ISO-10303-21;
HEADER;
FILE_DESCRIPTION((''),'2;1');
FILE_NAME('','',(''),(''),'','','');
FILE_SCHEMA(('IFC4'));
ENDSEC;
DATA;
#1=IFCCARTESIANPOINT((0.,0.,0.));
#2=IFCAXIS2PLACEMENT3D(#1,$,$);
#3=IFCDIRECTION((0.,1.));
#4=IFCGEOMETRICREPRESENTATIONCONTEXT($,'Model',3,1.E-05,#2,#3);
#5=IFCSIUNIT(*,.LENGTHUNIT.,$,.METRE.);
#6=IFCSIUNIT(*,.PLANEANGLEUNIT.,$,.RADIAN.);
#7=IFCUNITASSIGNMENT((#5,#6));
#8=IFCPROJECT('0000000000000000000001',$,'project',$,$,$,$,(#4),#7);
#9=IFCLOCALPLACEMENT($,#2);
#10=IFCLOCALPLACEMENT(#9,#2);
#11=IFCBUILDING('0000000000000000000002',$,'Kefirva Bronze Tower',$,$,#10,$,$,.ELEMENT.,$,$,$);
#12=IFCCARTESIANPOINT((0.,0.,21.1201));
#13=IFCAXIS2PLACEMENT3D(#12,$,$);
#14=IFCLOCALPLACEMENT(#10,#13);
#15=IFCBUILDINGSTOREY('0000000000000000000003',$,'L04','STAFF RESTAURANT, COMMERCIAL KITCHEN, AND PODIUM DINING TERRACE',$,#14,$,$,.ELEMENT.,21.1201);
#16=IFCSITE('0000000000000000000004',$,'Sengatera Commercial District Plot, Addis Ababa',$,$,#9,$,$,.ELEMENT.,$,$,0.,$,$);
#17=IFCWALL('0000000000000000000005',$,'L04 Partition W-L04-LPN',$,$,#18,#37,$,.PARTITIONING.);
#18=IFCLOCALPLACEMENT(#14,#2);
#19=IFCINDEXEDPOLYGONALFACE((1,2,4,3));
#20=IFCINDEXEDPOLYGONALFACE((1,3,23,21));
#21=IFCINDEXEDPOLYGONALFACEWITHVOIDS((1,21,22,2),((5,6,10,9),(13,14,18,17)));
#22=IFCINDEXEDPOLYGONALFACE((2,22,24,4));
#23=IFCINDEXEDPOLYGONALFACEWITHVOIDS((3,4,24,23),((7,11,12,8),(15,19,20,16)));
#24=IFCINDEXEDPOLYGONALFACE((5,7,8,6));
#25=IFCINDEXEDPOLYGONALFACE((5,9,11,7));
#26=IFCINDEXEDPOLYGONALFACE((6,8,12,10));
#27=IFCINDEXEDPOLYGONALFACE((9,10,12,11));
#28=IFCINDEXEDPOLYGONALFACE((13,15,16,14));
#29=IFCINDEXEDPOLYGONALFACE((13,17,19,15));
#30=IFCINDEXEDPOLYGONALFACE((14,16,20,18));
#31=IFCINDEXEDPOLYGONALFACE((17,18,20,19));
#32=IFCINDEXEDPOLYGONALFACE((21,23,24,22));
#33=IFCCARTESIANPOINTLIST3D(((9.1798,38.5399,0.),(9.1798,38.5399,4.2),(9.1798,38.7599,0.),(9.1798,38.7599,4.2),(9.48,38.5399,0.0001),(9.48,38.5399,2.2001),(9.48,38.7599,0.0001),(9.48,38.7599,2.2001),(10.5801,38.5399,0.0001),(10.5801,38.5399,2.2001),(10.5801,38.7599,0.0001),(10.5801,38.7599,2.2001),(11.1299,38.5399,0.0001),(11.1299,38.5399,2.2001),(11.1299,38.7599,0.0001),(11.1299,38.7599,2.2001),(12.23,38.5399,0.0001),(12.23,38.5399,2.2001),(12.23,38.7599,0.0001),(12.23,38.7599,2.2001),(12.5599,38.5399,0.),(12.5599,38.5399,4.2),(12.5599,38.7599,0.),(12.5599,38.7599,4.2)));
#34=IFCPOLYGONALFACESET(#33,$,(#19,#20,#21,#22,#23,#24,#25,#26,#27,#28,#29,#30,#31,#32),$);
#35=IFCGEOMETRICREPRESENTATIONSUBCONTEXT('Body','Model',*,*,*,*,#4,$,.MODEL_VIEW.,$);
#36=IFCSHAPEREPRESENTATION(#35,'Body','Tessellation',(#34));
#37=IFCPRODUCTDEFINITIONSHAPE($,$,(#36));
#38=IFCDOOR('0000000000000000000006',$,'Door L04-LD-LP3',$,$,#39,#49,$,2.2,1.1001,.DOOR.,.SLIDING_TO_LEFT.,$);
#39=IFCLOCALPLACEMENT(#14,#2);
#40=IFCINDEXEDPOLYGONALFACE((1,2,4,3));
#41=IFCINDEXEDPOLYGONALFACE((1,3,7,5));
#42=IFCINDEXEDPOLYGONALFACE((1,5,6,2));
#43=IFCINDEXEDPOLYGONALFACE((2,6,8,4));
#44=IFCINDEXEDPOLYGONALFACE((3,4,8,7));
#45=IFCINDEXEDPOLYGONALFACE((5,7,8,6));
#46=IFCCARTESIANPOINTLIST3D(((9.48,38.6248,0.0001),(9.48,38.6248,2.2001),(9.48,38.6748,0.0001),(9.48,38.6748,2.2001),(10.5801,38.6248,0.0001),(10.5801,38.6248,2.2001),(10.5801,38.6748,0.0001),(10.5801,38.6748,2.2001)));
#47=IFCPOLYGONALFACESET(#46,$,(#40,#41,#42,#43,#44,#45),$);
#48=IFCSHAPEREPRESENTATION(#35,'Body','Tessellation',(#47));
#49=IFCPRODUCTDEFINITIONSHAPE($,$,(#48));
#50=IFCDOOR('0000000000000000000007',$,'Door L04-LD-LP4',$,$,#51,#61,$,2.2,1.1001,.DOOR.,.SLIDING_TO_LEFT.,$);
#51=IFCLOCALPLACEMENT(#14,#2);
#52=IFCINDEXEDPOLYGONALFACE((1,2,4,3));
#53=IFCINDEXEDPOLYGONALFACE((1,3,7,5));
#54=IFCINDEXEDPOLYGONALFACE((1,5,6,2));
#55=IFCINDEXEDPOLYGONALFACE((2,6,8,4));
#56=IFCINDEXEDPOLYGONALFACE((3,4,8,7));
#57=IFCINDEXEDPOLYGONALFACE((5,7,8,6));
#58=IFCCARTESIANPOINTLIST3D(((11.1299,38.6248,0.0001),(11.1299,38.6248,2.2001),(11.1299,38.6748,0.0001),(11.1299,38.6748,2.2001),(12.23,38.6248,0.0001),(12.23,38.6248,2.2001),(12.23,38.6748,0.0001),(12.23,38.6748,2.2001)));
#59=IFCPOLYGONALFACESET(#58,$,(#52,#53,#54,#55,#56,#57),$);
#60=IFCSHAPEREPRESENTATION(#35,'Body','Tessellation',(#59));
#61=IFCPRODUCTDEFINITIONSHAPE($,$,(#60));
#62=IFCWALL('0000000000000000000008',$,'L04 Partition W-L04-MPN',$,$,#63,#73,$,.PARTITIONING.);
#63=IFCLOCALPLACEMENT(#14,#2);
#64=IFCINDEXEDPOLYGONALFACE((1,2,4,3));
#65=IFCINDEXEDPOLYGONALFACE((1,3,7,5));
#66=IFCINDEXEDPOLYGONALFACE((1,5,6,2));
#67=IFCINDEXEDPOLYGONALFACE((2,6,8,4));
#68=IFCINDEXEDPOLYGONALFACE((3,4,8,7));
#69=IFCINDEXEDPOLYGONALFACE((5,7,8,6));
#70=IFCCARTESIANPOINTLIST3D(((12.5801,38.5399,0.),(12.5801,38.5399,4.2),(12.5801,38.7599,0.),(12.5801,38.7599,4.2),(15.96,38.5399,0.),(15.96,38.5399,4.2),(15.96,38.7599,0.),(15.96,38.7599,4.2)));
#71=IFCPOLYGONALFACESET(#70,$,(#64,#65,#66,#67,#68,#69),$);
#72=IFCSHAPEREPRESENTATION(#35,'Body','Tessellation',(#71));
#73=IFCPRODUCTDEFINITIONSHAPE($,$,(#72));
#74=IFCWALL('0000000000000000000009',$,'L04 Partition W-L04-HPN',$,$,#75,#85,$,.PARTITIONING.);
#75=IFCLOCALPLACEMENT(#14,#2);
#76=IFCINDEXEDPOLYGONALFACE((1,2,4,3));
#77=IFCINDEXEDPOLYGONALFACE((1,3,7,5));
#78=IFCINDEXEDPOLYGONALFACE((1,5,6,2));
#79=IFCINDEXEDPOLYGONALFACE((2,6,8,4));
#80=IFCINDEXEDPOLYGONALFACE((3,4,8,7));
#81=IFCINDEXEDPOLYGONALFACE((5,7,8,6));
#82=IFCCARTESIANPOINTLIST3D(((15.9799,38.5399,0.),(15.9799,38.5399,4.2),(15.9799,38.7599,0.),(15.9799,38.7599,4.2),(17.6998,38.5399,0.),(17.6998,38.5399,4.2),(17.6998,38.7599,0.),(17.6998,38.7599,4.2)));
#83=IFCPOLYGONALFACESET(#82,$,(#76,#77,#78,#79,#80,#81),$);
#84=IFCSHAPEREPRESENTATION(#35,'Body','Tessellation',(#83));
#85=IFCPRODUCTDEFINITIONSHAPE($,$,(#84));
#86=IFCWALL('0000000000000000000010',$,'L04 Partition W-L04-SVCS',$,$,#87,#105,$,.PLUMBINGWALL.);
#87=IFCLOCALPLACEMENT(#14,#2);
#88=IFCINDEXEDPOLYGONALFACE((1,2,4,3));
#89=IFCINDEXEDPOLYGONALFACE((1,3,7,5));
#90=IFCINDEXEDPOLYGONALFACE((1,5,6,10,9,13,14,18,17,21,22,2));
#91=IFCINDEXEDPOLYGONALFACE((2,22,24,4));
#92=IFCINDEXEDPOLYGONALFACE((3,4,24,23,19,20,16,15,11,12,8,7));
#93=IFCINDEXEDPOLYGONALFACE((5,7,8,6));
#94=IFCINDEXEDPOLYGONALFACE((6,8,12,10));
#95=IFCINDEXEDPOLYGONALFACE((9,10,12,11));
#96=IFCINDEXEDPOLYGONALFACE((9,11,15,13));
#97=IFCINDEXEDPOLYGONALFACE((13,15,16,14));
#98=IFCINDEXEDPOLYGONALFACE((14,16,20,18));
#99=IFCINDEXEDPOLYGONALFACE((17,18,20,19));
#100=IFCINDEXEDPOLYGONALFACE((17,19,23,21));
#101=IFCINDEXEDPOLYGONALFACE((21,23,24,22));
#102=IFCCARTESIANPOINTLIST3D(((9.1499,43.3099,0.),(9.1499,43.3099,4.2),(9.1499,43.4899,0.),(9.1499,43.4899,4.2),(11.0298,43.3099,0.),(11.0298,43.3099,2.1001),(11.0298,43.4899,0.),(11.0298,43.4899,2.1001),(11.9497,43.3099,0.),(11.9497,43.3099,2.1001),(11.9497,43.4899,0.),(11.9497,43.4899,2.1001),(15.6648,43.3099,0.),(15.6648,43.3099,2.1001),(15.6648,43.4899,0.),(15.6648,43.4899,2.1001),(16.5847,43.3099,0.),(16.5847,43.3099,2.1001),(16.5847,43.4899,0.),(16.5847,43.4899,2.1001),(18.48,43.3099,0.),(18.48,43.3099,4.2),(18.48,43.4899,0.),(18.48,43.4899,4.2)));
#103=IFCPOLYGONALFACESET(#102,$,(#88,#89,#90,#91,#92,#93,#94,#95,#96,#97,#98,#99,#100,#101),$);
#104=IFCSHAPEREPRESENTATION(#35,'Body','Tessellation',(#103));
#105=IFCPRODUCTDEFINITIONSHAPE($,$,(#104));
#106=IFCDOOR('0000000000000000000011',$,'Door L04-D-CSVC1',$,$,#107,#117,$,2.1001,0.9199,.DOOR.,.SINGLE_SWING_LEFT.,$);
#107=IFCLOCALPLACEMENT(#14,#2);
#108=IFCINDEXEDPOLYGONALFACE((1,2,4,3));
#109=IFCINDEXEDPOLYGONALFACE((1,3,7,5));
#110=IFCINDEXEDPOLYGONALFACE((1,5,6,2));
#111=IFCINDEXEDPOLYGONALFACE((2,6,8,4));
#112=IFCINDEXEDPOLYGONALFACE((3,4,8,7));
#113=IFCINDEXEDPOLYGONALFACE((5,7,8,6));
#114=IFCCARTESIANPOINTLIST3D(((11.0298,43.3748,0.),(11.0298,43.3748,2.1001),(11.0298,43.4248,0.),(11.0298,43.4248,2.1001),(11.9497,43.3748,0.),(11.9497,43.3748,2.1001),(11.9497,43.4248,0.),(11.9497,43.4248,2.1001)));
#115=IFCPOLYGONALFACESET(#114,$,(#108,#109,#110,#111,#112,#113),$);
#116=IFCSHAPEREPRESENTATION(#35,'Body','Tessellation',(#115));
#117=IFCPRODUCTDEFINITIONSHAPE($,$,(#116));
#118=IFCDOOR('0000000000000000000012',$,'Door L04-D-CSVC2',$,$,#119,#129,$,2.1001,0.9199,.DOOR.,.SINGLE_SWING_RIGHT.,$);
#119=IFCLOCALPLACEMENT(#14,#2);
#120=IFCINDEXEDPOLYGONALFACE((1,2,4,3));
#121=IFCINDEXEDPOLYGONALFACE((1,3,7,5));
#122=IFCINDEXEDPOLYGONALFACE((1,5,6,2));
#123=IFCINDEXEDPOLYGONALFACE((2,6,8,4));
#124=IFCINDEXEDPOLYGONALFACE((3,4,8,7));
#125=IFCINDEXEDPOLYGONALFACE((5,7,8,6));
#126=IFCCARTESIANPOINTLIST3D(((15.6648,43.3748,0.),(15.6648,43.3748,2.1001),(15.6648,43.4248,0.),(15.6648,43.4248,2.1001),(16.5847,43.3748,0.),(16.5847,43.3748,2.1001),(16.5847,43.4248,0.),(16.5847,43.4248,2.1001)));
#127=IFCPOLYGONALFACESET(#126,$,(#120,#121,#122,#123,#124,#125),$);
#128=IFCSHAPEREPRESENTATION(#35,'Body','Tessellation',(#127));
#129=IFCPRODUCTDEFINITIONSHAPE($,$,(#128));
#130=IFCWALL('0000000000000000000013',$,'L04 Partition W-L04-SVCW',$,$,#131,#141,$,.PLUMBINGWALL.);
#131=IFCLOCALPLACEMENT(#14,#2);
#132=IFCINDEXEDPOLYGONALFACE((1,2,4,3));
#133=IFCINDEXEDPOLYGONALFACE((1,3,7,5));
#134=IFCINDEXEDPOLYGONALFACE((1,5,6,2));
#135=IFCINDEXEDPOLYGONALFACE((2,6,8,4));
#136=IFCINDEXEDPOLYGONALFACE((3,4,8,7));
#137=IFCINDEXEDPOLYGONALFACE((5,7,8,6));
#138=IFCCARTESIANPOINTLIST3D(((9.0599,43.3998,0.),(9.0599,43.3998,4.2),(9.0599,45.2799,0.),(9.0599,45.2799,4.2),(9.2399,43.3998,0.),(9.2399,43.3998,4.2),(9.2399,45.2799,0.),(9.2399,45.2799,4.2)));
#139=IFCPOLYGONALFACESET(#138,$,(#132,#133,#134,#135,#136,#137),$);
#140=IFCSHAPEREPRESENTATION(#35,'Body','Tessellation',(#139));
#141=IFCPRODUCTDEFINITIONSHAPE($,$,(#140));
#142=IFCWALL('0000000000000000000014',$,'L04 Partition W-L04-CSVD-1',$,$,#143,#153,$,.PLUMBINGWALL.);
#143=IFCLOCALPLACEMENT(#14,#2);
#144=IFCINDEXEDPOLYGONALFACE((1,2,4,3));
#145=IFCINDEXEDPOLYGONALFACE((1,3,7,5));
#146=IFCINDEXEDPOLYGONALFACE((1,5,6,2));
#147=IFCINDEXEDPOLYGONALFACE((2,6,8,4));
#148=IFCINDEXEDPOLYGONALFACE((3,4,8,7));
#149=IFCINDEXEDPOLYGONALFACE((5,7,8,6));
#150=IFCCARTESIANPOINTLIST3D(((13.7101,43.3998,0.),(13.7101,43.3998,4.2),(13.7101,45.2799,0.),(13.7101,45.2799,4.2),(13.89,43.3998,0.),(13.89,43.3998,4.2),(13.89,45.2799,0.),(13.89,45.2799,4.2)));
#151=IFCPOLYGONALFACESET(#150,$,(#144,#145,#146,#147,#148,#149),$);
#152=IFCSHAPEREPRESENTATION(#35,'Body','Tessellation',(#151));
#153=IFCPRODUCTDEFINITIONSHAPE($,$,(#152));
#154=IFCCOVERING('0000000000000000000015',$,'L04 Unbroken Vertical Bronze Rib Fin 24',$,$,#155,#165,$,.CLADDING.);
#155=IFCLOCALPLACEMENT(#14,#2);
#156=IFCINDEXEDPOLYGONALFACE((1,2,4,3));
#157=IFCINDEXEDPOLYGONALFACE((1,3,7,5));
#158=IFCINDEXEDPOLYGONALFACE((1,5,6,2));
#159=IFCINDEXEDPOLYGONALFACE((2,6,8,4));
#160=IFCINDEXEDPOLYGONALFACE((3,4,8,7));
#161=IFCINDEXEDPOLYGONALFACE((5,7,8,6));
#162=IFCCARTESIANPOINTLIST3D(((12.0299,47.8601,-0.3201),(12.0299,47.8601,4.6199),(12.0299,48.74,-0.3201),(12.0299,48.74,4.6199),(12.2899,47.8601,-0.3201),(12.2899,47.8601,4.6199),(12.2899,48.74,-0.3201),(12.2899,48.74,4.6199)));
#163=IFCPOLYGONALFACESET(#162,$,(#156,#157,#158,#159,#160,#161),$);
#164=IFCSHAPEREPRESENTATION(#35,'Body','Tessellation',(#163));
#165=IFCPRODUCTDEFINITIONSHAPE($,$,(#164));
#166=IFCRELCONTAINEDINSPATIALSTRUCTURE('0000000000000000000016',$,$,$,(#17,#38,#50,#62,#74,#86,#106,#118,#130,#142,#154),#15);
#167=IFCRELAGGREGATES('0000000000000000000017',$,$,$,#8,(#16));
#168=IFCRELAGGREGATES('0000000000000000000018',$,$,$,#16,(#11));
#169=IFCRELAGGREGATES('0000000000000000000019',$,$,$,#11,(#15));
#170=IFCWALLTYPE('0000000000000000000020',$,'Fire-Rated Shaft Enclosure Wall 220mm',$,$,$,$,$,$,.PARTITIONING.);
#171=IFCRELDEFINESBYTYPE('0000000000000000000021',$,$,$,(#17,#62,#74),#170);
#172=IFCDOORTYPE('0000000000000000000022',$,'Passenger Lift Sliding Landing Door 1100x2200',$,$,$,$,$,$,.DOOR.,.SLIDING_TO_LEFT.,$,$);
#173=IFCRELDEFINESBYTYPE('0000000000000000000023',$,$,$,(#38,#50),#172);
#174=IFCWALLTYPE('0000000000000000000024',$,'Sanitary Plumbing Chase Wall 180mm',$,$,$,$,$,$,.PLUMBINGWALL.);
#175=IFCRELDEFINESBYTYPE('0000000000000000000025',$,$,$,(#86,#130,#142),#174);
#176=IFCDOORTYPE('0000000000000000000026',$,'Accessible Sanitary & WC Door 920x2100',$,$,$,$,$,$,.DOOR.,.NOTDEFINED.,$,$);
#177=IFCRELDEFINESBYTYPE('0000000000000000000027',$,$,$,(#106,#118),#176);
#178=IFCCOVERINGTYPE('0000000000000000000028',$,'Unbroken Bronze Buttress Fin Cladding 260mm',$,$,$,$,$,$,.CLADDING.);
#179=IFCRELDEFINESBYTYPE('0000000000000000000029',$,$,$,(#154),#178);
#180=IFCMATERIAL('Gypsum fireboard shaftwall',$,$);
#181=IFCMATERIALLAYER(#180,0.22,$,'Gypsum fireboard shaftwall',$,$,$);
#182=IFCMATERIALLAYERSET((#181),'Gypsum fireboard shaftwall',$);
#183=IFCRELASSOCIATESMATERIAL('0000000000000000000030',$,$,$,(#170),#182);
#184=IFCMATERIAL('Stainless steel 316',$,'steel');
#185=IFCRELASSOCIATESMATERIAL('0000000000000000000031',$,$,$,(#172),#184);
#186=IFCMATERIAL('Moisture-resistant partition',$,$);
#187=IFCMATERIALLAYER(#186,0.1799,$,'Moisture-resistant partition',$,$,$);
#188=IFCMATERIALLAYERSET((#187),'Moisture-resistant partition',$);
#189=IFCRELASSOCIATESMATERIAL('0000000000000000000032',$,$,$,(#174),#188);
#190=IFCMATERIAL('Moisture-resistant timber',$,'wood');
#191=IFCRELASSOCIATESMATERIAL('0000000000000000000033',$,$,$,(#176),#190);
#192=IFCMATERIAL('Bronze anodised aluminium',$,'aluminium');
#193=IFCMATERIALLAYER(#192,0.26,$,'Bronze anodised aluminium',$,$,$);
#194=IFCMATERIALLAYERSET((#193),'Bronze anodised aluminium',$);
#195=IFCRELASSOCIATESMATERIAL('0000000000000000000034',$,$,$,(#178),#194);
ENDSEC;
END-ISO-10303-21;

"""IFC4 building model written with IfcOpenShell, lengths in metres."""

from ifc_helpers import new_model, si_unit, direction, frame, frame_2d, origin, origin_2d, place, context, subcontext, project, spatial, rectangle, extrude, material, layer, layer_set, type_object, element, fill, save


model = new_model("IFC4")

# Units and contexts
model_context = context("Model", 3, precision=1e-05, world=origin(), true_north=direction((0.0, 1.0)))
body_context = subcontext(model_context, "Body", "Model", "MODEL_VIEW")
ifc_project = project(units=[si_unit("LENGTHUNIT", "METRE"), si_unit("PLANEANGLEUNIT", "RADIAN")], contexts=[model_context])

# Site, building, storey
site_placement = place(None, origin())
site = spatial("IfcSite", under=ifc_project, at=site_placement, Name="Sengatera Commercial District Plot, Addis Ababa", CompositionType="ELEMENT", RefElevation=0.0)
building_placement = place(site_placement, origin())
building = spatial("IfcBuilding", under=site, at=building_placement, Name="Kefirva Bronze Tower", CompositionType="ELEMENT")
storey_placement = place(building_placement, frame((0.0, 0.0, 21.1201)))
storey = spatial("IfcBuildingStorey", under=building, at=storey_placement, Name="L04", Description="STAFF RESTAURANT, COMMERCIAL KITCHEN, AND PODIUM DINING TERRACE", CompositionType="ELEMENT", Elevation=21.1201)

# Shared definitions
ifc_material_1 = material(Name="Bronze anodised aluminium", Category="aluminium")

# Shared definitions
ifc_material_2 = material(Name="Gypsum fireboard shaftwall")
ifc_layer_1 = layer(ifc_material_2, 0.22, Name="Gypsum fireboard shaftwall")
ifc_layer_set_1 = layer_set([ifc_layer_1], Name="Gypsum fireboard shaftwall")
wall_type_1 = type_object("IfcWallType", Name="Fire-Rated Shaft Enclosure Wall 220mm", PredefinedType="PARTITIONING", material=ifc_layer_set_1)

# Wall, openings, doors
wall_1_placement = place(storey_placement, frame((9.1799, 38.6499, 0.0), z_axis=(0.0, 0.0, 1.0), x_axis=(1.0, 0.0, 0.0)))
wall_1 = element("IfcWall", 1, at=wall_1_placement, inside=storey, type_object=wall_type_1, Name="L04 Partition W-L04-LPN", PredefinedType="PARTITIONING", context=body_context, shape_type="SweptSolid", body=[
    extrude(rectangle(XDim=3.3801, YDim=0.22, at=frame_2d((1.6899, 0.0))), origin(), (0.0, 0.0, 1.0), 4.2),
])
opening_1_placement = place(wall_1_placement, frame((0.3, 0.0, 0.0)))
opening_1 = element("IfcOpeningElement", 2, at=opening_1_placement, cuts=wall_1, PredefinedType="OPENING", context=body_context, shape_type="SweptSolid", body=[
    extrude(rectangle(XDim=1.1001, YDim=2.2, at=frame_2d((0.55, 1.1001))), frame((0.0, 0.1201, 0.0), z_axis=(0.0, -1.0, 0.0), x_axis=(1.0, 0.0, 0.0)), (0.0, 0.0, 1.0), 0.24),
])
opening_2_placement = place(wall_1_placement, frame((1.95, 0.0, 0.0)))
opening_2 = element("IfcOpeningElement", 3, at=opening_2_placement, cuts=wall_1, PredefinedType="OPENING", context=body_context, shape_type="SweptSolid", body=[
    extrude(rectangle(XDim=1.1001, YDim=2.2, at=frame_2d((0.55, 1.1001))), frame((0.0, 0.1201, 0.0), z_axis=(0.0, -1.0, 0.0), x_axis=(1.0, 0.0, 0.0)), (0.0, 0.0, 1.0), 0.24),
])
ifc_material_3 = material(Name="Stainless steel 316", Category="steel")
door_type_1 = type_object("IfcDoorType", Name="Passenger Lift Sliding Landing Door 1100x2200", OperationType="SLIDING_TO_LEFT", PredefinedType="DOOR", material=ifc_material_3)
door_1_placement = place(opening_1_placement, origin())
door_1 = element("IfcDoor", 4, at=door_1_placement, inside=storey, type_object=door_type_1, Name="Door L04-LD-LP3", OperationType="SLIDING_TO_LEFT", OverallHeight=2.2, OverallWidth=1.1001, PredefinedType="DOOR", context=body_context, shape_type="SweptSolid", body=[
    extrude(rectangle(XDim=1.1001, YDim=2.2, at=frame_2d((0.55, 1.1001))), frame((0.0, 0.0249, 0.0), z_axis=(0.0, -1.0, 0.0), x_axis=(1.0, 0.0, 0.0)), (0.0, 0.0, 1.0), 0.05),
])
fill(opening_1, door_1)
door_2_placement = place(opening_2_placement, origin())
door_2 = element("IfcDoor", 5, at=door_2_placement, inside=storey, type_object=door_type_1, Name="Door L04-LD-LP4", OperationType="SLIDING_TO_LEFT", OverallHeight=2.2, OverallWidth=1.1001, PredefinedType="DOOR", context=body_context, shape_type="SweptSolid", body=[
    extrude(rectangle(XDim=1.1001, YDim=2.2, at=frame_2d((0.55, 1.1001))), frame((0.0, 0.0249, 0.0), z_axis=(0.0, -1.0, 0.0), x_axis=(1.0, 0.0, 0.0)), (0.0, 0.0, 1.0), 0.05),
])
fill(opening_2, door_2)

# Walls
wall_2_placement = place(storey_placement, frame((12.5801, 38.6499, 0.0), z_axis=(0.0, 0.0, 1.0), x_axis=(1.0, 0.0, 0.0)))
element("IfcWall", 6, at=wall_2_placement, inside=storey, type_object=wall_type_1, Name="L04 Partition W-L04-MPN", PredefinedType="PARTITIONING", context=body_context, shape_type="SweptSolid", body=[
    extrude(rectangle(XDim=3.3799, YDim=0.22, at=frame_2d((1.6899, 0.0))), origin(), (0.0, 0.0, 1.0), 4.2),
])
wall_3_placement = place(storey_placement, frame((15.98, 38.6499, 0.0), z_axis=(0.0, 0.0, 1.0), x_axis=(1.0, 0.0, 0.0)))
element("IfcWall", 7, at=wall_3_placement, inside=storey, type_object=wall_type_1, Name="L04 Partition W-L04-HPN", PredefinedType="PARTITIONING", context=body_context, shape_type="SweptSolid", body=[
    extrude(rectangle(XDim=1.72, YDim=0.22, at=frame_2d((0.8599, 0.0))), origin(), (0.0, 0.0, 1.0), 4.2),
])

# Wall, openings, doors
ifc_material_4 = material(Name="Moisture-resistant partition")
ifc_layer_2 = layer(ifc_material_4, 0.1799, Name="Moisture-resistant partition")
ifc_layer_set_2 = layer_set([ifc_layer_2], Name="Moisture-resistant partition")
wall_type_2 = type_object("IfcWallType", Name="Sanitary Plumbing Chase Wall 180mm", PredefinedType="PLUMBINGWALL", material=ifc_layer_set_2)
wall_4_placement = place(storey_placement, frame((9.1499, 43.3999, 0.0), z_axis=(0.0, 0.0, 1.0), x_axis=(1.0, 0.0, 0.0)))
wall_4 = element("IfcWall", 8, at=wall_4_placement, inside=storey, type_object=wall_type_2, Name="L04 Partition W-L04-SVCS", PredefinedType="PLUMBINGWALL", context=body_context, shape_type="SweptSolid", body=[
    extrude(rectangle(XDim=9.3301, YDim=0.1799, at=frame_2d((4.665, 0.0))), origin(), (0.0, 0.0, 1.0), 4.2),
])
opening_3_placement = place(wall_4_placement, frame((1.8799, 0.0, 0.0)))
opening_3 = element("IfcOpeningElement", 9, at=opening_3_placement, cuts=wall_4, PredefinedType="OPENING", context=body_context, shape_type="SweptSolid", body=[
    extrude(rectangle(XDim=0.9199, YDim=2.1001, at=frame_2d((0.46, 1.05))), frame((0.0, 0.1001, 0.0), z_axis=(0.0, -1.0, 0.0), x_axis=(1.0, 0.0, 0.0)), (0.0, 0.0, 1.0), 0.2),
])
opening_4_placement = place(wall_4_placement, frame((6.5149, 0.0, 0.0)))
opening_4 = element("IfcOpeningElement", 10, at=opening_4_placement, cuts=wall_4, PredefinedType="OPENING", context=body_context, shape_type="SweptSolid", body=[
    extrude(rectangle(XDim=0.9199, YDim=2.1001, at=frame_2d((0.46, 1.05))), frame((0.0, 0.1001, 0.0), z_axis=(0.0, -1.0, 0.0), x_axis=(1.0, 0.0, 0.0)), (0.0, 0.0, 1.0), 0.2),
])
ifc_material_5 = material(Name="Moisture-resistant timber", Category="wood")
door_type_2 = type_object("IfcDoorType", Name="Accessible Sanitary & WC Door 920x2100", OperationType="NOTDEFINED", PredefinedType="DOOR", material=ifc_material_5)
door_3_placement = place(opening_3_placement, origin())
door_3 = element("IfcDoor", 11, at=door_3_placement, inside=storey, type_object=door_type_2, Name="Door L04-D-CSVC1", OperationType="SINGLE_SWING_LEFT", OverallHeight=2.1001, OverallWidth=0.9199, PredefinedType="DOOR", context=body_context, shape_type="SweptSolid", body=[
    extrude(rectangle(XDim=0.9199, YDim=2.1001, at=frame_2d((0.46, 1.05))), frame((0.0, 0.0249, 0.0), z_axis=(0.0, -1.0, 0.0), x_axis=(1.0, 0.0, 0.0)), (0.0, 0.0, 1.0), 0.05),
])
fill(opening_3, door_3)
door_4_placement = place(opening_4_placement, origin())
door_4 = element("IfcDoor", 12, at=door_4_placement, inside=storey, type_object=door_type_2, Name="Door L04-D-CSVC2", OperationType="SINGLE_SWING_RIGHT", OverallHeight=2.1001, OverallWidth=0.9199, PredefinedType="DOOR", context=body_context, shape_type="SweptSolid", body=[
    extrude(rectangle(XDim=0.9199, YDim=2.1001, at=frame_2d((0.46, 1.05))), frame((0.0, 0.0249, 0.0), z_axis=(0.0, -1.0, 0.0), x_axis=(1.0, 0.0, 0.0)), (0.0, 0.0, 1.0), 0.05),
])
fill(opening_4, door_4)

# Walls
for number, where, z_axis, x_axis, name in (
    (13, (9.1499, 43.3999, 0.0), (0.0, 0.0, 1.0), (0.0, 1.0, 0.0), "L04 Partition W-L04-SVCW"),
    (14, (13.8, 43.3999, 0.0), (0.0, 0.0, 1.0), (0.0, 1.0, 0.0), "L04 Partition W-L04-CSVD-1"),
):
    element("IfcWall", number, at=place(storey_placement, frame(where, z_axis=z_axis, x_axis=x_axis)), inside=storey, type_object=wall_type_2, Name=name, PredefinedType="PLUMBINGWALL", context=body_context, shape_type="SweptSolid", body=[
        extrude(rectangle(XDim=1.8801, YDim=0.1799, at=frame_2d((0.9399, 0.0))), origin(), (0.0, 0.0, 1.0), 4.2),
    ])

# Covering
ifc_layer_3 = layer(ifc_material_1, 0.26, Name="Bronze anodised aluminium")
ifc_layer_set_3 = layer_set([ifc_layer_3], Name="Bronze anodised aluminium")
covering_type = type_object("IfcCoveringType", Name="Unbroken Bronze Buttress Fin Cladding 260mm", PredefinedType="CLADDING", material=ifc_layer_set_3)
covering_placement = place(storey_placement, frame((12.1599, 48.3, -0.3201), z_axis=(0.0, 0.0, 1.0), x_axis=(-1.0, 0.0, 0.0)))
element("IfcCovering", 15, at=covering_placement, inside=storey, type_object=covering_type, Name="L04 Unbroken Vertical Bronze Rib Fin 24", PredefinedType="CLADDING", context=body_context, shape_type="SweptSolid", body=[
    extrude(rectangle(XDim=0.26, YDim=0.8799, at=origin_2d()), origin(), (0.0, 0.0, 1.0), 4.9399),
])

save(model, "model.ifc")
